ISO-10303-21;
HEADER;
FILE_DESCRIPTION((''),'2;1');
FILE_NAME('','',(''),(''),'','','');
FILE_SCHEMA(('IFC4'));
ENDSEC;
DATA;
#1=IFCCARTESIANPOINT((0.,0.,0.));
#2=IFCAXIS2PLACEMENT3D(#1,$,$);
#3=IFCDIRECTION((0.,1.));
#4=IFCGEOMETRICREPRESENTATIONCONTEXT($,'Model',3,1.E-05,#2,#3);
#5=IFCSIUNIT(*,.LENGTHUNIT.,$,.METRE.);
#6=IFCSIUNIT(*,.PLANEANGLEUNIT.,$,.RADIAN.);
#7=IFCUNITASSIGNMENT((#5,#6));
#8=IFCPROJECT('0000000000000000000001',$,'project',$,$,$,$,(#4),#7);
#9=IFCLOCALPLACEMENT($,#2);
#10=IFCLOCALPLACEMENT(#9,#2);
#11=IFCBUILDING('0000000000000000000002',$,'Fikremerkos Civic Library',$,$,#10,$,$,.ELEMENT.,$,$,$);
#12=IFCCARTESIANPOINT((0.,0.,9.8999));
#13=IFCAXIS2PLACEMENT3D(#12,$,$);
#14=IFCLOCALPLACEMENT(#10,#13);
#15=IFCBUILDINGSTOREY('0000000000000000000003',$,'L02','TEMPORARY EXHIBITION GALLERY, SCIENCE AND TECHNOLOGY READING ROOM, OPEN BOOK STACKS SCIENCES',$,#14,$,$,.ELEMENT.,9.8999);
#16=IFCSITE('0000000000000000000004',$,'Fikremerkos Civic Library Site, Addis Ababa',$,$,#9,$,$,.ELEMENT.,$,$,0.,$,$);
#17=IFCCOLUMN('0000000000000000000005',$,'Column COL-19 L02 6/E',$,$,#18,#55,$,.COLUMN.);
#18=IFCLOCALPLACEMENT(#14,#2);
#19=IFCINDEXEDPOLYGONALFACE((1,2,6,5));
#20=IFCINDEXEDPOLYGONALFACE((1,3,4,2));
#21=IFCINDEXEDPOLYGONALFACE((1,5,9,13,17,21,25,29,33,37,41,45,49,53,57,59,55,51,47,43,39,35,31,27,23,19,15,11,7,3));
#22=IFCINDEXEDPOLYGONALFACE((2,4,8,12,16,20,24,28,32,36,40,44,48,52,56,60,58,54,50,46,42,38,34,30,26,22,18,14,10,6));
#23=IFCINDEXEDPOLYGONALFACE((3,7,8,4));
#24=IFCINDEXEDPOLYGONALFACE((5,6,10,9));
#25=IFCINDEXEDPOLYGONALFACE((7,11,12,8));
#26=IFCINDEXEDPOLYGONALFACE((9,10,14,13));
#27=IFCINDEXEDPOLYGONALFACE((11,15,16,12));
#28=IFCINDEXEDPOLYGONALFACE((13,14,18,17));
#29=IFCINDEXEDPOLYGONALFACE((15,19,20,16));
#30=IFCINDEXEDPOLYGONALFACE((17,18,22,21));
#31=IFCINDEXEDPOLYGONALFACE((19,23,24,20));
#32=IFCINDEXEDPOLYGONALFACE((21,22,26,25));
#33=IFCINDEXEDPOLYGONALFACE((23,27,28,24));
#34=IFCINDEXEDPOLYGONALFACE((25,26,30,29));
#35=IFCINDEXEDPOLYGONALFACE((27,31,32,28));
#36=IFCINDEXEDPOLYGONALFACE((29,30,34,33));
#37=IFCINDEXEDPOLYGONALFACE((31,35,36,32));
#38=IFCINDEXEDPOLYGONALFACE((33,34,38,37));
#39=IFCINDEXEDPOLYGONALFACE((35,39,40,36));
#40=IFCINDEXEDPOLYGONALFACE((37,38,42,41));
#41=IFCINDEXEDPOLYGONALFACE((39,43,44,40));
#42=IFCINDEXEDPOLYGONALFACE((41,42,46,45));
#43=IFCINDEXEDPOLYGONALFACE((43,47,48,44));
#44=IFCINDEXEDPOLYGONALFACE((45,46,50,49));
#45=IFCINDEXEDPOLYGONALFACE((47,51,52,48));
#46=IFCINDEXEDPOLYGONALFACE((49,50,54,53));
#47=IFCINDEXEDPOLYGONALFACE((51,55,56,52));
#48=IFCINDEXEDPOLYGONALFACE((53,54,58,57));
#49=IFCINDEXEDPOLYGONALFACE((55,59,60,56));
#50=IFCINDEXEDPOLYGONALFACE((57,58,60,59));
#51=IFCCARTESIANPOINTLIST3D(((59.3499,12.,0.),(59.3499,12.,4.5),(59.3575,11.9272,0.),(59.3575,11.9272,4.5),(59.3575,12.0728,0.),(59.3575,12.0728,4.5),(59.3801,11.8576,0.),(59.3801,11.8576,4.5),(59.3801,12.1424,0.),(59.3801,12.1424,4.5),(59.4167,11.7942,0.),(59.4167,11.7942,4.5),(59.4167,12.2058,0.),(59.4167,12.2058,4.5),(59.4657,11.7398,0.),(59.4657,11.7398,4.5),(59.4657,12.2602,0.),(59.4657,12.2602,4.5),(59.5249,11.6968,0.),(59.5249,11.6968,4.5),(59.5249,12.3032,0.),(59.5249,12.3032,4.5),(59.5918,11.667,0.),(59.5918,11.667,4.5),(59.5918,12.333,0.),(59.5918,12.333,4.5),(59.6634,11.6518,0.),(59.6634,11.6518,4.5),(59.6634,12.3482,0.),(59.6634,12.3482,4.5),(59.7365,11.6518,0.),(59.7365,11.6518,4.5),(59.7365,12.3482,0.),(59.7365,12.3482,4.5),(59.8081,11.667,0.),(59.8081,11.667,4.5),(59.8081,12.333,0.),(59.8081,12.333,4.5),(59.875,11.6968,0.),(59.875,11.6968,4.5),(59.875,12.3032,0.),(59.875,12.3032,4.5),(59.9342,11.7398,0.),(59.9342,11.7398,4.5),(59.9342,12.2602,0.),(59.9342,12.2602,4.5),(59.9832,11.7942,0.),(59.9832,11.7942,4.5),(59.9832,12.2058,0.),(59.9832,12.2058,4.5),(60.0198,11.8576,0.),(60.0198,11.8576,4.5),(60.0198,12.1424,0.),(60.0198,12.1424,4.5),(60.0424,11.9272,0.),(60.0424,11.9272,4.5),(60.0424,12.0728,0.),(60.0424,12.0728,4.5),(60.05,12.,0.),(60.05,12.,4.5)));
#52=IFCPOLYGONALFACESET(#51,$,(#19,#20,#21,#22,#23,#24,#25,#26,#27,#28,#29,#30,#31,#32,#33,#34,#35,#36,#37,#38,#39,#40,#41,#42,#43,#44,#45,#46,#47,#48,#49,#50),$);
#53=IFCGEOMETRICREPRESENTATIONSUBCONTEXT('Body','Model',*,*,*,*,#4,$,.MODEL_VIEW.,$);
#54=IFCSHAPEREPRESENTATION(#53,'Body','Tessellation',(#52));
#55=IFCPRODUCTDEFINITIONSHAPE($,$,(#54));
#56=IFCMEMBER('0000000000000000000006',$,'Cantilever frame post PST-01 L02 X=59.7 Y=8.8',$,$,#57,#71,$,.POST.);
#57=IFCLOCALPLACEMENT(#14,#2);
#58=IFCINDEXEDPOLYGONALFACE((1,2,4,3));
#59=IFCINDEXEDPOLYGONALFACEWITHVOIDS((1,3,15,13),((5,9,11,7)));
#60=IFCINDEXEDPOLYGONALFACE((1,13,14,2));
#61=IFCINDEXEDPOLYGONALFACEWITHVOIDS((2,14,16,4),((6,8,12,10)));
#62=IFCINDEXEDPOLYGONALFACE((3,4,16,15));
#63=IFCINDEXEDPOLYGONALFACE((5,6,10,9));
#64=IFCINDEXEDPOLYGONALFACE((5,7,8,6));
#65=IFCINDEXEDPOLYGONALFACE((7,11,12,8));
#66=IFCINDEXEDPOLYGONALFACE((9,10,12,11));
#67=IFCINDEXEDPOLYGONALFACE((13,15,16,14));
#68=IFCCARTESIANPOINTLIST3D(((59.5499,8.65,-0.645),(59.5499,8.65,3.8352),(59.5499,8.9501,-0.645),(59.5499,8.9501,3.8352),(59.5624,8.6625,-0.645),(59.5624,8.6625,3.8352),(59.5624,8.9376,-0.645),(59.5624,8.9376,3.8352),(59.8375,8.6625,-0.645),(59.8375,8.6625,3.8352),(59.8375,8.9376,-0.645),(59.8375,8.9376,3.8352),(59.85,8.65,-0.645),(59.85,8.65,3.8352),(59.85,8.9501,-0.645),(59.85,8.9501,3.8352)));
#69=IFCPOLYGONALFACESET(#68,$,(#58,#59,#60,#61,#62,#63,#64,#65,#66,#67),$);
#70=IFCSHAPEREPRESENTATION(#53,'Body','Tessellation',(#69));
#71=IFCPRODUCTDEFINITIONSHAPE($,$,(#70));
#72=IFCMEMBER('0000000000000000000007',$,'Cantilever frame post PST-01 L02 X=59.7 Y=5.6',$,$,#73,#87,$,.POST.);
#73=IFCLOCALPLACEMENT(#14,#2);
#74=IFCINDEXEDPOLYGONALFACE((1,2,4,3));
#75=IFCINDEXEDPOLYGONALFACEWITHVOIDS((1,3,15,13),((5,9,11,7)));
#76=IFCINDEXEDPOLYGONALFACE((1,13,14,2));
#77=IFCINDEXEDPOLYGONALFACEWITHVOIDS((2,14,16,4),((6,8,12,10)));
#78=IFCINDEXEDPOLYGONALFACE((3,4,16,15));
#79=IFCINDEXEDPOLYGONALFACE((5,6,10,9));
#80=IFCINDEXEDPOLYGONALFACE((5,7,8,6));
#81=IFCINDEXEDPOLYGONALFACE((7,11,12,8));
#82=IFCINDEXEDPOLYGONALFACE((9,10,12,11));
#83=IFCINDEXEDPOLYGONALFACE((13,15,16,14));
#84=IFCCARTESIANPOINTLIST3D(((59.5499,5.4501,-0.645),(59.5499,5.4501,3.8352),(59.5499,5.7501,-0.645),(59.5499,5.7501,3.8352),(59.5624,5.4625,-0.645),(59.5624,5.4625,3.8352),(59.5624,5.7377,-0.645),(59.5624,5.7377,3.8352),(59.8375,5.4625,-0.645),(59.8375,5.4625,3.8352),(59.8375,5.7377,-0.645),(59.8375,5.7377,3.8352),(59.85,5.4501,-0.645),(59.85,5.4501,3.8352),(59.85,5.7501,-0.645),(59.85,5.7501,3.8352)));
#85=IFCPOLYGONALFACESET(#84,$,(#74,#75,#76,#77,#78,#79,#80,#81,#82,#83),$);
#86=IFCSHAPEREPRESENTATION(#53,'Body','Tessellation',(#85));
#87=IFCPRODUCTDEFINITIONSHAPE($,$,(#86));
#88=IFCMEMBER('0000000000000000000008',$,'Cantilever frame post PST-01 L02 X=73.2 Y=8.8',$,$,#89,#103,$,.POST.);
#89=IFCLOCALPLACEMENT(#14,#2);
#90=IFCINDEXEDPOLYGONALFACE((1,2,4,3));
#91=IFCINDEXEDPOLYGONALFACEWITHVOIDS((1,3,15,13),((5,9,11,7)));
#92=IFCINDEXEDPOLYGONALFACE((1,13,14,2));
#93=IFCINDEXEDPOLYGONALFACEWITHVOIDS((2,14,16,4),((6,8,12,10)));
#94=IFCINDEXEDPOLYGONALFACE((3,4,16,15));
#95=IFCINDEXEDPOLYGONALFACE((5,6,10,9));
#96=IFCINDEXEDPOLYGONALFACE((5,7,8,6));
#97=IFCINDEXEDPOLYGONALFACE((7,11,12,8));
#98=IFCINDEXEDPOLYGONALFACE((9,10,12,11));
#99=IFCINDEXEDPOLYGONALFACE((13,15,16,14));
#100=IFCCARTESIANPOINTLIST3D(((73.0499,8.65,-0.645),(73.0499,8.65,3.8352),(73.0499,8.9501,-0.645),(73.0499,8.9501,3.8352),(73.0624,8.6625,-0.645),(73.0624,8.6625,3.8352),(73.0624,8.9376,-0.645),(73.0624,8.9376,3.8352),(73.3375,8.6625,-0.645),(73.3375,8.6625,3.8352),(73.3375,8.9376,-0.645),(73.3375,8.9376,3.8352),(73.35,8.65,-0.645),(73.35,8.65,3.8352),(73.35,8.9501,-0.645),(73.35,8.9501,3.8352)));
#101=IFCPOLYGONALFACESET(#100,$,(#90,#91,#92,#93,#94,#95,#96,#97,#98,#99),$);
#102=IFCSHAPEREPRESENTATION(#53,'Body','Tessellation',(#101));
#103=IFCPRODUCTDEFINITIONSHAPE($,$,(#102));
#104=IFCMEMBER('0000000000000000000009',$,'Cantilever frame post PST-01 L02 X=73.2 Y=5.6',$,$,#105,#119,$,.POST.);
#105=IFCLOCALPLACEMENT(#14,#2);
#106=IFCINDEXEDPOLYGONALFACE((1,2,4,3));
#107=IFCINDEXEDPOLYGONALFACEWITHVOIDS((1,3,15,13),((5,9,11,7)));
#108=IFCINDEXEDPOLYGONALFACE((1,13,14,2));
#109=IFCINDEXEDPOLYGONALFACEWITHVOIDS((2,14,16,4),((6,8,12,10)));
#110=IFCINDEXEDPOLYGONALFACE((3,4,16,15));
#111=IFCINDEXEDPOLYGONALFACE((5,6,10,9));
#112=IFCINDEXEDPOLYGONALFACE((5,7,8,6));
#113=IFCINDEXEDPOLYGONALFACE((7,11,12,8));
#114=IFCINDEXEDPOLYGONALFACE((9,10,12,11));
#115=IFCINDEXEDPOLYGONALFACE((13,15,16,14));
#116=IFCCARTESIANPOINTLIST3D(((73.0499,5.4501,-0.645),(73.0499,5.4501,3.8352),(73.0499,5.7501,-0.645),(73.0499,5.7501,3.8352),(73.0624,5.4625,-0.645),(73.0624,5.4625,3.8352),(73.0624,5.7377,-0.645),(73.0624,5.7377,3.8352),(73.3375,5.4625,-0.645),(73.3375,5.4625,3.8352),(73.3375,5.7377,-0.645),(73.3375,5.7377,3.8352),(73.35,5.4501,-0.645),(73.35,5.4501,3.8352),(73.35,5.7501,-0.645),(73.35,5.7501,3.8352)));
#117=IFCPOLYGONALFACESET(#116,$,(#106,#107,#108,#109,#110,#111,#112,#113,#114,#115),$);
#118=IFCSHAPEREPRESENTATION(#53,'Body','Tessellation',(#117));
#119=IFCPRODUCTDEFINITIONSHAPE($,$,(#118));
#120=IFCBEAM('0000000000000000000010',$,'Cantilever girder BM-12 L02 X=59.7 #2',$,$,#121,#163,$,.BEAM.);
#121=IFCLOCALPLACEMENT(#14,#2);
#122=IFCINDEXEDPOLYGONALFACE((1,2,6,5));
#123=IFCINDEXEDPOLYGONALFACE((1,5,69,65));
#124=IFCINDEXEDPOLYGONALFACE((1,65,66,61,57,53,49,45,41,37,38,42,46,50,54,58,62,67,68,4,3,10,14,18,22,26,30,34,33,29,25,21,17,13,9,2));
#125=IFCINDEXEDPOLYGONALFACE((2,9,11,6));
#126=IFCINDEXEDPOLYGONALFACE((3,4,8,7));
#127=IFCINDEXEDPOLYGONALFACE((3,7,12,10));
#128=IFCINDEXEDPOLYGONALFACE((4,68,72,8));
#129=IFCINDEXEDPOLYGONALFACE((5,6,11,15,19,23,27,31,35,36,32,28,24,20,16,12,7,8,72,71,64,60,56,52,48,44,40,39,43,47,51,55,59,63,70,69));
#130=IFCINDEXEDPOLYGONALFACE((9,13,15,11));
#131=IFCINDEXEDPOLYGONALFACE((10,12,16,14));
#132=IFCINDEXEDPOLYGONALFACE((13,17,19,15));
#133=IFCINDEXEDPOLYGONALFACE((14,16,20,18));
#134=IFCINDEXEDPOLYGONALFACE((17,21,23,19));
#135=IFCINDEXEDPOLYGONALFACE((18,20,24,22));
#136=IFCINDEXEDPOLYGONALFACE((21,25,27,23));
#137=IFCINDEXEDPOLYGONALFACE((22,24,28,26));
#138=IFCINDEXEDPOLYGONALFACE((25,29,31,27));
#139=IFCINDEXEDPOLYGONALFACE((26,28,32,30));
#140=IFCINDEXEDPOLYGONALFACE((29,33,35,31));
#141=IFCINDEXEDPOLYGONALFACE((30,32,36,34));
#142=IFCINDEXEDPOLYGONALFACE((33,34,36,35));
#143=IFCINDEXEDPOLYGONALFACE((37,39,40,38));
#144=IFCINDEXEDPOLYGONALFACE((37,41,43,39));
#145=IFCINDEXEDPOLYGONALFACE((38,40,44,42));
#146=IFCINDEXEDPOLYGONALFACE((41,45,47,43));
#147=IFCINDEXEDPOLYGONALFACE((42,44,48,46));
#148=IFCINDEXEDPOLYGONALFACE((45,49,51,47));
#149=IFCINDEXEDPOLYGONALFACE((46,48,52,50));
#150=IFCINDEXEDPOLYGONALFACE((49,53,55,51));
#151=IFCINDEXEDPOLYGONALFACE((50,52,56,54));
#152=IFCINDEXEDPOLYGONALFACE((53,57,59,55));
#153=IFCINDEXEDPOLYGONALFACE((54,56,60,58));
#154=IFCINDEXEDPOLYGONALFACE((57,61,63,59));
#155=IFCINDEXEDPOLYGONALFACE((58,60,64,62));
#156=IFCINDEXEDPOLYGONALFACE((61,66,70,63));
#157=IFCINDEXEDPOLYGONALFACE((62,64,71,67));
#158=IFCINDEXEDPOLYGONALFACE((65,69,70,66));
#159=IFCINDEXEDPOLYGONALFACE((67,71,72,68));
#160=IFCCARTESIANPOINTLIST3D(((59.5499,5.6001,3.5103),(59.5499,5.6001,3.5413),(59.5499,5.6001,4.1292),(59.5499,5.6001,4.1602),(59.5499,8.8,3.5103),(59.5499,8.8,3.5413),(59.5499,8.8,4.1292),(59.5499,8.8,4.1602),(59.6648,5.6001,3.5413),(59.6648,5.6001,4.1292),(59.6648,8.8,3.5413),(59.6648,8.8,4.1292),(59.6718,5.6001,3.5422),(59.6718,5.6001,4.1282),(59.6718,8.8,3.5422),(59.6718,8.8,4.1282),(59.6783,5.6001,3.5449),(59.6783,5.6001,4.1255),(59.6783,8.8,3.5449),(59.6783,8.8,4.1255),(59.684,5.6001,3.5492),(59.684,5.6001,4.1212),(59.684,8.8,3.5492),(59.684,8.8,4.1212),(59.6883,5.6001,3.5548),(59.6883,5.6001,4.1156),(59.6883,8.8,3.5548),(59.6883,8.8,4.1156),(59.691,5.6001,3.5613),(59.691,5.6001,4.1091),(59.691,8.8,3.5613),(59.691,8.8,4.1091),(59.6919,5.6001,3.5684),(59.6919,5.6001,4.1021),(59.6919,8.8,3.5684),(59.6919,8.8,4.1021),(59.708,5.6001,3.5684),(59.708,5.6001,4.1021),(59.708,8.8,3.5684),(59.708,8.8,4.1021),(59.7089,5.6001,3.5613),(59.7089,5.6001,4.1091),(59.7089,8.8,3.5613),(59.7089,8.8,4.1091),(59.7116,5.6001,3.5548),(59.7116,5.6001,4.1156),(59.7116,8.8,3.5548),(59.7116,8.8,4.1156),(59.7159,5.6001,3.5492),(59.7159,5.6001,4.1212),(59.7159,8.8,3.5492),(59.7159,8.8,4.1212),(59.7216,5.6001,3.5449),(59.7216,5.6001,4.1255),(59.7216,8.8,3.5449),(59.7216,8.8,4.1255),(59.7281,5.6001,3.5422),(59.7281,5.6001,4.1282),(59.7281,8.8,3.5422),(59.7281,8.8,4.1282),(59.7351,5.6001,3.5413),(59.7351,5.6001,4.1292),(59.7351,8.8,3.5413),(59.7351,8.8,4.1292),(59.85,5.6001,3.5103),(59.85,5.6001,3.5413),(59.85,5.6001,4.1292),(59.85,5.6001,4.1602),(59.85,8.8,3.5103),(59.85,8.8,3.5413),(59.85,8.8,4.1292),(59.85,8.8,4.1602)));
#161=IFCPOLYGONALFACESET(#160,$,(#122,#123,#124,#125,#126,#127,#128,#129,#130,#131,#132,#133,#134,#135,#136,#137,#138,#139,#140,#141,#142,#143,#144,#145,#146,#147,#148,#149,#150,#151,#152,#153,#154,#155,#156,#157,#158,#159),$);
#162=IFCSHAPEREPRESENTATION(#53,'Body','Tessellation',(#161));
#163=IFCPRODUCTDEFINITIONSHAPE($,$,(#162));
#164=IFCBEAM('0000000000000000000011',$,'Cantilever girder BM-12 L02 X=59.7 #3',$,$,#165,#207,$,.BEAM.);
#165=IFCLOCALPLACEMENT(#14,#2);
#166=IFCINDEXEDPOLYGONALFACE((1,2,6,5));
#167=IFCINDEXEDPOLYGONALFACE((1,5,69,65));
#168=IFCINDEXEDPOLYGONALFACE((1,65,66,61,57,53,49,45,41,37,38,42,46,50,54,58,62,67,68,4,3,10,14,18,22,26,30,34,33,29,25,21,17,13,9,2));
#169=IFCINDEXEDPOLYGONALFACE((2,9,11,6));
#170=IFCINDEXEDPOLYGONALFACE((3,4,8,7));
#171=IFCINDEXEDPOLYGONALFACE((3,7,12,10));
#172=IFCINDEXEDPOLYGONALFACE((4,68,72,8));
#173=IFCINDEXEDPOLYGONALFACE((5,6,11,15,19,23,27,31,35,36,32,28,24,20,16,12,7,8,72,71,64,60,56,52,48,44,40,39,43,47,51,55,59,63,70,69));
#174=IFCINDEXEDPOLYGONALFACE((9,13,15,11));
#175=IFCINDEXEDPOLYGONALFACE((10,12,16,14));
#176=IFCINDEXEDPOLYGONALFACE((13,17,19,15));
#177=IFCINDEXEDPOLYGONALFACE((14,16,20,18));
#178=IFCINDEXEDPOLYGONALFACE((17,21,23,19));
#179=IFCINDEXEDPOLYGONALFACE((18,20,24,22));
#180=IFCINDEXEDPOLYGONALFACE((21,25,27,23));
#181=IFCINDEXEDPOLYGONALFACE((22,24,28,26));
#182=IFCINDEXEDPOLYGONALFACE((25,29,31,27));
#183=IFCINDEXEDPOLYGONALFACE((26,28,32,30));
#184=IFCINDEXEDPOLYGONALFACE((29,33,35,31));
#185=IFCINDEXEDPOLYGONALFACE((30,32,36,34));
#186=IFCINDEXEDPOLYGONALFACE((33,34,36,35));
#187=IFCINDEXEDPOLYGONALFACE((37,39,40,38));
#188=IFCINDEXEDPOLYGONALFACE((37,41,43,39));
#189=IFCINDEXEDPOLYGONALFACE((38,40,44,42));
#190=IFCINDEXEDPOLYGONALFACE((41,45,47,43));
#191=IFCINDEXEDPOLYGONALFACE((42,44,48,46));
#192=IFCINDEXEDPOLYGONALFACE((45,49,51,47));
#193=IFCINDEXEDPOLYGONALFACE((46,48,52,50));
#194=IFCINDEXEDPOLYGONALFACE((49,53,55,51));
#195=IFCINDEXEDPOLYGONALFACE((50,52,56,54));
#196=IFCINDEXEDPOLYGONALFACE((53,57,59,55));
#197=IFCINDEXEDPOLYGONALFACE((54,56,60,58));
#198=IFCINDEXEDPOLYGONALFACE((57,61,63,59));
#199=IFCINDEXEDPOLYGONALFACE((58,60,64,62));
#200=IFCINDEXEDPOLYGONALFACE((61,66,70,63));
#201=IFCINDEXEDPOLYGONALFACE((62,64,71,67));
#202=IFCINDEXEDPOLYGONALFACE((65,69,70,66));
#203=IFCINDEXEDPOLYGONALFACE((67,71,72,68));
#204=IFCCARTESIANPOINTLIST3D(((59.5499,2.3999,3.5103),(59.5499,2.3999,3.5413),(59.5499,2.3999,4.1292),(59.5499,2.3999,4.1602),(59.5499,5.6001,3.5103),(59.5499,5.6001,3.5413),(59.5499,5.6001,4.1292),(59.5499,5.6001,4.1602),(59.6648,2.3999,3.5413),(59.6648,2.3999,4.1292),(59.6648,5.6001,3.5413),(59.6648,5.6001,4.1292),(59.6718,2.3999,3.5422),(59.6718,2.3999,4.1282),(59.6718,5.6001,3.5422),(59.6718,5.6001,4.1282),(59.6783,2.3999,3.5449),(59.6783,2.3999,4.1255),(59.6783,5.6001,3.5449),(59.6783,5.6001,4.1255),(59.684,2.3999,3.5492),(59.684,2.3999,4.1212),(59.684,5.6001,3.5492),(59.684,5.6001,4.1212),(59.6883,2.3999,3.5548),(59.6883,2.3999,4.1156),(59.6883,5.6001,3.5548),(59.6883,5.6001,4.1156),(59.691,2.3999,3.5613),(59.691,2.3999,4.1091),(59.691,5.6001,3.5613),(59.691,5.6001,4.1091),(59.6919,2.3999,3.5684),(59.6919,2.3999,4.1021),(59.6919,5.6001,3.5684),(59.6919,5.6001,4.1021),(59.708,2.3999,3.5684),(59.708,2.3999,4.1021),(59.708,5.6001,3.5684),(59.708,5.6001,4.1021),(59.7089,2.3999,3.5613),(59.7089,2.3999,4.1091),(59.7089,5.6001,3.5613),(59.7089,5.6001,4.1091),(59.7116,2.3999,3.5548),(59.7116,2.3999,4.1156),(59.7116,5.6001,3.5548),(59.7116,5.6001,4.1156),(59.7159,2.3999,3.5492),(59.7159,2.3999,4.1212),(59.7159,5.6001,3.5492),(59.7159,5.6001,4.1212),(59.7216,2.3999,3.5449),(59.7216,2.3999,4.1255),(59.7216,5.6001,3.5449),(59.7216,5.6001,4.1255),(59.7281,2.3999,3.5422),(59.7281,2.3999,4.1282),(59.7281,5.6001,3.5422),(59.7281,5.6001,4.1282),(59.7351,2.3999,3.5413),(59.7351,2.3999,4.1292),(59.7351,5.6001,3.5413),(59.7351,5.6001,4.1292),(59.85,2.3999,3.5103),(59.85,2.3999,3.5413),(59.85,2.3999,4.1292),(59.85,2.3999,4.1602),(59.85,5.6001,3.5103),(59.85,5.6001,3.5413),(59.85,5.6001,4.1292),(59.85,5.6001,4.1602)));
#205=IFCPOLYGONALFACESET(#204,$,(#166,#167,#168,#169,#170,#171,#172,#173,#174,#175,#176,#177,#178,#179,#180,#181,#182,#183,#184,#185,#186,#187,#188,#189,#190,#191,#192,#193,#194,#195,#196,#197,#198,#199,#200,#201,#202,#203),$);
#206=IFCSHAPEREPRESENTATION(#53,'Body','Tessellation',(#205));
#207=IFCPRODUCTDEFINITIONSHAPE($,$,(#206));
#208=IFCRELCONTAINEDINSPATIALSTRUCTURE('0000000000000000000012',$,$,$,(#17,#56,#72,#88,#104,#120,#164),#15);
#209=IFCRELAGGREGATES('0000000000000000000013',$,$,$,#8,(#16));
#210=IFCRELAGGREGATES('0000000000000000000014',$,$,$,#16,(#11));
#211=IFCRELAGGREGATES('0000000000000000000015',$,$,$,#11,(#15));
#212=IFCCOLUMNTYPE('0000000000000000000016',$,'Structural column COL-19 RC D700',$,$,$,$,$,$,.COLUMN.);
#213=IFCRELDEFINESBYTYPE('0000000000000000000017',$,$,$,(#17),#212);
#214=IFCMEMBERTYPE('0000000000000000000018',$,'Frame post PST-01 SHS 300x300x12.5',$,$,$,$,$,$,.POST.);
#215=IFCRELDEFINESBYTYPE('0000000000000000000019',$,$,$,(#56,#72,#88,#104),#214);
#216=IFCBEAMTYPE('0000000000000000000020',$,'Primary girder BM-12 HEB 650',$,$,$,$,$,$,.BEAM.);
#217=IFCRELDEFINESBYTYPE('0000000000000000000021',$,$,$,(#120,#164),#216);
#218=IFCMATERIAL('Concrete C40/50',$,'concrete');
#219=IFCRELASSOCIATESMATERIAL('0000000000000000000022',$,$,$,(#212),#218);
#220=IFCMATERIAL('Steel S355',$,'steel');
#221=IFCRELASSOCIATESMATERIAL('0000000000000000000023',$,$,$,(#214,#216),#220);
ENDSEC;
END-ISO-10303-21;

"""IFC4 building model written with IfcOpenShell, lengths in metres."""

from ifc_helpers import new_model, si_unit, direction, frame, origin, origin_2d, place, context, subcontext, project, spatial, hollow_rectangle, circle, i_section, extrude, material, material_profile, profile_set, type_object, element, save


model = new_model("IFC4")

# Units and contexts
model_context = context("Model", 3, precision=1e-05, world=origin(), true_north=direction((0.0, 1.0)))
body_context = subcontext(model_context, "Body", "Model", "MODEL_VIEW")
ifc_project = project(units=[si_unit("LENGTHUNIT", "METRE"), si_unit("PLANEANGLEUNIT", "RADIAN")], contexts=[model_context])

# Site, building, storey
site_placement = place(None, origin())
site = spatial("IfcSite", under=ifc_project, at=site_placement, Name="Fikremerkos Civic Library Site, Addis Ababa", CompositionType="ELEMENT", RefElevation=0.0)
building_placement = place(site_placement, origin())
building = spatial("IfcBuilding", under=site, at=building_placement, Name="Fikremerkos Civic Library", CompositionType="ELEMENT")
storey_placement = place(building_placement, frame((0.0, 0.0, 9.8999)))
storey = spatial("IfcBuildingStorey", under=building, at=storey_placement, Name="L02", Description="TEMPORARY EXHIBITION GALLERY, SCIENCE AND TECHNOLOGY READING ROOM, OPEN BOOK STACKS SCIENCES", CompositionType="ELEMENT", Elevation=9.8999)

# Column
ifc_material_1 = material(Name="Concrete C40/50", Category="concrete")
ifc_material_profile_1 = material_profile(ifc_material_1, circle(Radius=0.3501, at=origin_2d()), Name="RC D700")
ifc_profile_set_1 = profile_set([ifc_material_profile_1], Name="Concrete C40/50")
column_type = type_object("IfcColumnType", Name="Structural column COL-19 RC D700", PredefinedType="COLUMN", material=ifc_profile_set_1)
column_placement = place(storey_placement, frame((59.7, 12.0, 0.0), z_axis=(0.0, 0.0, 1.0), x_axis=(1.0, 0.0, 0.0)))
element("IfcColumn", 1, at=column_placement, inside=storey, type_object=column_type, Name="Column COL-19 L02 6/E", PredefinedType="COLUMN", context=body_context, shape_type="SweptSolid", body=[
    extrude(circle(Radius=0.3501, at=origin_2d()), origin(), (0.0, 0.0, 1.0), 4.5),
])

# Members
ifc_material_2 = material(Name="Steel S355", Category="steel")
ifc_material_profile_2 = material_profile(ifc_material_2, hollow_rectangle(XDim=0.3, YDim=0.3, WallThickness=0.0125, at=origin_2d()), Name="SHS 300x300x12.5")
ifc_profile_set_2 = profile_set([ifc_material_profile_2], Name="Steel S355")
member_type_1 = type_object("IfcMemberType", Name="Frame post PST-01 SHS 300x300x12.5", PredefinedType="POST", material=ifc_profile_set_2)
for number, where, z_axis, x_axis, name in (
    (2, (59.7, 8.8, -0.645), (0.0, 0.0, 1.0), (1.0, 0.0, 0.0), "Cantilever frame post PST-01 L02 X=59.7 Y=8.8"),
    (3, (59.7, 5.6001, -0.645), (0.0, 0.0, 1.0), (1.0, 0.0, 0.0), "Cantilever frame post PST-01 L02 X=59.7 Y=5.6"),
    (4, (73.2, 8.8, -0.645), (0.0, 0.0, 1.0), (1.0, 0.0, 0.0), "Cantilever frame post PST-01 L02 X=73.2 Y=8.8"),
    (5, (73.2, 5.6001, -0.645), (0.0, 0.0, 1.0), (1.0, 0.0, 0.0), "Cantilever frame post PST-01 L02 X=73.2 Y=5.6"),
):
    element("IfcMember", number, at=place(storey_placement, frame(where, z_axis=z_axis, x_axis=x_axis)), inside=storey, type_object=member_type_1, Name=name, PredefinedType="POST", context=body_context, shape_type="SweptSolid", body=[
        extrude(hollow_rectangle(XDim=0.3, YDim=0.3, WallThickness=0.0125, at=origin_2d()), origin(), (0.0, 0.0, 1.0), 4.4802),
    ])

# Beams
ifc_material_profile_3 = material_profile(ifc_material_2, i_section(OverallWidth=0.3, OverallDepth=0.6499, WebThickness=0.0161, FlangeThickness=0.031, FilletRadius=0.0271, at=origin_2d()), Name="HEB 650")
ifc_profile_set_3 = profile_set([ifc_material_profile_3], Name="Steel S355")
beam_type_1 = type_object("IfcBeamType", Name="Primary girder BM-12 HEB 650", PredefinedType="BEAM", material=ifc_profile_set_3)
beam_1_placement = place(storey_placement, frame((59.7, 8.8, 3.8352), z_axis=(0.0, -1.0, 0.0), x_axis=(1.0, 0.0, 0.0)))
element("IfcBeam", 6, at=beam_1_placement, inside=storey, type_object=beam_type_1, Name="Cantilever girder BM-12 L02 X=59.7 #2", PredefinedType="BEAM", context=body_context, shape_type="SweptSolid", body=[
    extrude(i_section(OverallWidth=0.3, OverallDepth=0.6499, WebThickness=0.0161, FlangeThickness=0.031, FilletRadius=0.0271, at=origin_2d()), origin(), (0.0, 0.0, 1.0), 3.2),
])
beam_2_placement = place(storey_placement, frame((59.7, 5.6001, 3.8352), z_axis=(0.0, -1.0, 0.0), x_axis=(1.0, 0.0, 0.0)))
element("IfcBeam", 7, at=beam_2_placement, inside=storey, type_object=beam_type_1, Name="Cantilever girder BM-12 L02 X=59.7 #3", PredefinedType="BEAM", context=body_context, shape_type="SweptSolid", body=[
    extrude(i_section(OverallWidth=0.3, OverallDepth=0.6499, WebThickness=0.0161, FlangeThickness=0.031, FilletRadius=0.0271, at=origin_2d()), origin(), (0.0, 0.0, 1.0), 3.2002),
])

save(model, "model.ifc")
